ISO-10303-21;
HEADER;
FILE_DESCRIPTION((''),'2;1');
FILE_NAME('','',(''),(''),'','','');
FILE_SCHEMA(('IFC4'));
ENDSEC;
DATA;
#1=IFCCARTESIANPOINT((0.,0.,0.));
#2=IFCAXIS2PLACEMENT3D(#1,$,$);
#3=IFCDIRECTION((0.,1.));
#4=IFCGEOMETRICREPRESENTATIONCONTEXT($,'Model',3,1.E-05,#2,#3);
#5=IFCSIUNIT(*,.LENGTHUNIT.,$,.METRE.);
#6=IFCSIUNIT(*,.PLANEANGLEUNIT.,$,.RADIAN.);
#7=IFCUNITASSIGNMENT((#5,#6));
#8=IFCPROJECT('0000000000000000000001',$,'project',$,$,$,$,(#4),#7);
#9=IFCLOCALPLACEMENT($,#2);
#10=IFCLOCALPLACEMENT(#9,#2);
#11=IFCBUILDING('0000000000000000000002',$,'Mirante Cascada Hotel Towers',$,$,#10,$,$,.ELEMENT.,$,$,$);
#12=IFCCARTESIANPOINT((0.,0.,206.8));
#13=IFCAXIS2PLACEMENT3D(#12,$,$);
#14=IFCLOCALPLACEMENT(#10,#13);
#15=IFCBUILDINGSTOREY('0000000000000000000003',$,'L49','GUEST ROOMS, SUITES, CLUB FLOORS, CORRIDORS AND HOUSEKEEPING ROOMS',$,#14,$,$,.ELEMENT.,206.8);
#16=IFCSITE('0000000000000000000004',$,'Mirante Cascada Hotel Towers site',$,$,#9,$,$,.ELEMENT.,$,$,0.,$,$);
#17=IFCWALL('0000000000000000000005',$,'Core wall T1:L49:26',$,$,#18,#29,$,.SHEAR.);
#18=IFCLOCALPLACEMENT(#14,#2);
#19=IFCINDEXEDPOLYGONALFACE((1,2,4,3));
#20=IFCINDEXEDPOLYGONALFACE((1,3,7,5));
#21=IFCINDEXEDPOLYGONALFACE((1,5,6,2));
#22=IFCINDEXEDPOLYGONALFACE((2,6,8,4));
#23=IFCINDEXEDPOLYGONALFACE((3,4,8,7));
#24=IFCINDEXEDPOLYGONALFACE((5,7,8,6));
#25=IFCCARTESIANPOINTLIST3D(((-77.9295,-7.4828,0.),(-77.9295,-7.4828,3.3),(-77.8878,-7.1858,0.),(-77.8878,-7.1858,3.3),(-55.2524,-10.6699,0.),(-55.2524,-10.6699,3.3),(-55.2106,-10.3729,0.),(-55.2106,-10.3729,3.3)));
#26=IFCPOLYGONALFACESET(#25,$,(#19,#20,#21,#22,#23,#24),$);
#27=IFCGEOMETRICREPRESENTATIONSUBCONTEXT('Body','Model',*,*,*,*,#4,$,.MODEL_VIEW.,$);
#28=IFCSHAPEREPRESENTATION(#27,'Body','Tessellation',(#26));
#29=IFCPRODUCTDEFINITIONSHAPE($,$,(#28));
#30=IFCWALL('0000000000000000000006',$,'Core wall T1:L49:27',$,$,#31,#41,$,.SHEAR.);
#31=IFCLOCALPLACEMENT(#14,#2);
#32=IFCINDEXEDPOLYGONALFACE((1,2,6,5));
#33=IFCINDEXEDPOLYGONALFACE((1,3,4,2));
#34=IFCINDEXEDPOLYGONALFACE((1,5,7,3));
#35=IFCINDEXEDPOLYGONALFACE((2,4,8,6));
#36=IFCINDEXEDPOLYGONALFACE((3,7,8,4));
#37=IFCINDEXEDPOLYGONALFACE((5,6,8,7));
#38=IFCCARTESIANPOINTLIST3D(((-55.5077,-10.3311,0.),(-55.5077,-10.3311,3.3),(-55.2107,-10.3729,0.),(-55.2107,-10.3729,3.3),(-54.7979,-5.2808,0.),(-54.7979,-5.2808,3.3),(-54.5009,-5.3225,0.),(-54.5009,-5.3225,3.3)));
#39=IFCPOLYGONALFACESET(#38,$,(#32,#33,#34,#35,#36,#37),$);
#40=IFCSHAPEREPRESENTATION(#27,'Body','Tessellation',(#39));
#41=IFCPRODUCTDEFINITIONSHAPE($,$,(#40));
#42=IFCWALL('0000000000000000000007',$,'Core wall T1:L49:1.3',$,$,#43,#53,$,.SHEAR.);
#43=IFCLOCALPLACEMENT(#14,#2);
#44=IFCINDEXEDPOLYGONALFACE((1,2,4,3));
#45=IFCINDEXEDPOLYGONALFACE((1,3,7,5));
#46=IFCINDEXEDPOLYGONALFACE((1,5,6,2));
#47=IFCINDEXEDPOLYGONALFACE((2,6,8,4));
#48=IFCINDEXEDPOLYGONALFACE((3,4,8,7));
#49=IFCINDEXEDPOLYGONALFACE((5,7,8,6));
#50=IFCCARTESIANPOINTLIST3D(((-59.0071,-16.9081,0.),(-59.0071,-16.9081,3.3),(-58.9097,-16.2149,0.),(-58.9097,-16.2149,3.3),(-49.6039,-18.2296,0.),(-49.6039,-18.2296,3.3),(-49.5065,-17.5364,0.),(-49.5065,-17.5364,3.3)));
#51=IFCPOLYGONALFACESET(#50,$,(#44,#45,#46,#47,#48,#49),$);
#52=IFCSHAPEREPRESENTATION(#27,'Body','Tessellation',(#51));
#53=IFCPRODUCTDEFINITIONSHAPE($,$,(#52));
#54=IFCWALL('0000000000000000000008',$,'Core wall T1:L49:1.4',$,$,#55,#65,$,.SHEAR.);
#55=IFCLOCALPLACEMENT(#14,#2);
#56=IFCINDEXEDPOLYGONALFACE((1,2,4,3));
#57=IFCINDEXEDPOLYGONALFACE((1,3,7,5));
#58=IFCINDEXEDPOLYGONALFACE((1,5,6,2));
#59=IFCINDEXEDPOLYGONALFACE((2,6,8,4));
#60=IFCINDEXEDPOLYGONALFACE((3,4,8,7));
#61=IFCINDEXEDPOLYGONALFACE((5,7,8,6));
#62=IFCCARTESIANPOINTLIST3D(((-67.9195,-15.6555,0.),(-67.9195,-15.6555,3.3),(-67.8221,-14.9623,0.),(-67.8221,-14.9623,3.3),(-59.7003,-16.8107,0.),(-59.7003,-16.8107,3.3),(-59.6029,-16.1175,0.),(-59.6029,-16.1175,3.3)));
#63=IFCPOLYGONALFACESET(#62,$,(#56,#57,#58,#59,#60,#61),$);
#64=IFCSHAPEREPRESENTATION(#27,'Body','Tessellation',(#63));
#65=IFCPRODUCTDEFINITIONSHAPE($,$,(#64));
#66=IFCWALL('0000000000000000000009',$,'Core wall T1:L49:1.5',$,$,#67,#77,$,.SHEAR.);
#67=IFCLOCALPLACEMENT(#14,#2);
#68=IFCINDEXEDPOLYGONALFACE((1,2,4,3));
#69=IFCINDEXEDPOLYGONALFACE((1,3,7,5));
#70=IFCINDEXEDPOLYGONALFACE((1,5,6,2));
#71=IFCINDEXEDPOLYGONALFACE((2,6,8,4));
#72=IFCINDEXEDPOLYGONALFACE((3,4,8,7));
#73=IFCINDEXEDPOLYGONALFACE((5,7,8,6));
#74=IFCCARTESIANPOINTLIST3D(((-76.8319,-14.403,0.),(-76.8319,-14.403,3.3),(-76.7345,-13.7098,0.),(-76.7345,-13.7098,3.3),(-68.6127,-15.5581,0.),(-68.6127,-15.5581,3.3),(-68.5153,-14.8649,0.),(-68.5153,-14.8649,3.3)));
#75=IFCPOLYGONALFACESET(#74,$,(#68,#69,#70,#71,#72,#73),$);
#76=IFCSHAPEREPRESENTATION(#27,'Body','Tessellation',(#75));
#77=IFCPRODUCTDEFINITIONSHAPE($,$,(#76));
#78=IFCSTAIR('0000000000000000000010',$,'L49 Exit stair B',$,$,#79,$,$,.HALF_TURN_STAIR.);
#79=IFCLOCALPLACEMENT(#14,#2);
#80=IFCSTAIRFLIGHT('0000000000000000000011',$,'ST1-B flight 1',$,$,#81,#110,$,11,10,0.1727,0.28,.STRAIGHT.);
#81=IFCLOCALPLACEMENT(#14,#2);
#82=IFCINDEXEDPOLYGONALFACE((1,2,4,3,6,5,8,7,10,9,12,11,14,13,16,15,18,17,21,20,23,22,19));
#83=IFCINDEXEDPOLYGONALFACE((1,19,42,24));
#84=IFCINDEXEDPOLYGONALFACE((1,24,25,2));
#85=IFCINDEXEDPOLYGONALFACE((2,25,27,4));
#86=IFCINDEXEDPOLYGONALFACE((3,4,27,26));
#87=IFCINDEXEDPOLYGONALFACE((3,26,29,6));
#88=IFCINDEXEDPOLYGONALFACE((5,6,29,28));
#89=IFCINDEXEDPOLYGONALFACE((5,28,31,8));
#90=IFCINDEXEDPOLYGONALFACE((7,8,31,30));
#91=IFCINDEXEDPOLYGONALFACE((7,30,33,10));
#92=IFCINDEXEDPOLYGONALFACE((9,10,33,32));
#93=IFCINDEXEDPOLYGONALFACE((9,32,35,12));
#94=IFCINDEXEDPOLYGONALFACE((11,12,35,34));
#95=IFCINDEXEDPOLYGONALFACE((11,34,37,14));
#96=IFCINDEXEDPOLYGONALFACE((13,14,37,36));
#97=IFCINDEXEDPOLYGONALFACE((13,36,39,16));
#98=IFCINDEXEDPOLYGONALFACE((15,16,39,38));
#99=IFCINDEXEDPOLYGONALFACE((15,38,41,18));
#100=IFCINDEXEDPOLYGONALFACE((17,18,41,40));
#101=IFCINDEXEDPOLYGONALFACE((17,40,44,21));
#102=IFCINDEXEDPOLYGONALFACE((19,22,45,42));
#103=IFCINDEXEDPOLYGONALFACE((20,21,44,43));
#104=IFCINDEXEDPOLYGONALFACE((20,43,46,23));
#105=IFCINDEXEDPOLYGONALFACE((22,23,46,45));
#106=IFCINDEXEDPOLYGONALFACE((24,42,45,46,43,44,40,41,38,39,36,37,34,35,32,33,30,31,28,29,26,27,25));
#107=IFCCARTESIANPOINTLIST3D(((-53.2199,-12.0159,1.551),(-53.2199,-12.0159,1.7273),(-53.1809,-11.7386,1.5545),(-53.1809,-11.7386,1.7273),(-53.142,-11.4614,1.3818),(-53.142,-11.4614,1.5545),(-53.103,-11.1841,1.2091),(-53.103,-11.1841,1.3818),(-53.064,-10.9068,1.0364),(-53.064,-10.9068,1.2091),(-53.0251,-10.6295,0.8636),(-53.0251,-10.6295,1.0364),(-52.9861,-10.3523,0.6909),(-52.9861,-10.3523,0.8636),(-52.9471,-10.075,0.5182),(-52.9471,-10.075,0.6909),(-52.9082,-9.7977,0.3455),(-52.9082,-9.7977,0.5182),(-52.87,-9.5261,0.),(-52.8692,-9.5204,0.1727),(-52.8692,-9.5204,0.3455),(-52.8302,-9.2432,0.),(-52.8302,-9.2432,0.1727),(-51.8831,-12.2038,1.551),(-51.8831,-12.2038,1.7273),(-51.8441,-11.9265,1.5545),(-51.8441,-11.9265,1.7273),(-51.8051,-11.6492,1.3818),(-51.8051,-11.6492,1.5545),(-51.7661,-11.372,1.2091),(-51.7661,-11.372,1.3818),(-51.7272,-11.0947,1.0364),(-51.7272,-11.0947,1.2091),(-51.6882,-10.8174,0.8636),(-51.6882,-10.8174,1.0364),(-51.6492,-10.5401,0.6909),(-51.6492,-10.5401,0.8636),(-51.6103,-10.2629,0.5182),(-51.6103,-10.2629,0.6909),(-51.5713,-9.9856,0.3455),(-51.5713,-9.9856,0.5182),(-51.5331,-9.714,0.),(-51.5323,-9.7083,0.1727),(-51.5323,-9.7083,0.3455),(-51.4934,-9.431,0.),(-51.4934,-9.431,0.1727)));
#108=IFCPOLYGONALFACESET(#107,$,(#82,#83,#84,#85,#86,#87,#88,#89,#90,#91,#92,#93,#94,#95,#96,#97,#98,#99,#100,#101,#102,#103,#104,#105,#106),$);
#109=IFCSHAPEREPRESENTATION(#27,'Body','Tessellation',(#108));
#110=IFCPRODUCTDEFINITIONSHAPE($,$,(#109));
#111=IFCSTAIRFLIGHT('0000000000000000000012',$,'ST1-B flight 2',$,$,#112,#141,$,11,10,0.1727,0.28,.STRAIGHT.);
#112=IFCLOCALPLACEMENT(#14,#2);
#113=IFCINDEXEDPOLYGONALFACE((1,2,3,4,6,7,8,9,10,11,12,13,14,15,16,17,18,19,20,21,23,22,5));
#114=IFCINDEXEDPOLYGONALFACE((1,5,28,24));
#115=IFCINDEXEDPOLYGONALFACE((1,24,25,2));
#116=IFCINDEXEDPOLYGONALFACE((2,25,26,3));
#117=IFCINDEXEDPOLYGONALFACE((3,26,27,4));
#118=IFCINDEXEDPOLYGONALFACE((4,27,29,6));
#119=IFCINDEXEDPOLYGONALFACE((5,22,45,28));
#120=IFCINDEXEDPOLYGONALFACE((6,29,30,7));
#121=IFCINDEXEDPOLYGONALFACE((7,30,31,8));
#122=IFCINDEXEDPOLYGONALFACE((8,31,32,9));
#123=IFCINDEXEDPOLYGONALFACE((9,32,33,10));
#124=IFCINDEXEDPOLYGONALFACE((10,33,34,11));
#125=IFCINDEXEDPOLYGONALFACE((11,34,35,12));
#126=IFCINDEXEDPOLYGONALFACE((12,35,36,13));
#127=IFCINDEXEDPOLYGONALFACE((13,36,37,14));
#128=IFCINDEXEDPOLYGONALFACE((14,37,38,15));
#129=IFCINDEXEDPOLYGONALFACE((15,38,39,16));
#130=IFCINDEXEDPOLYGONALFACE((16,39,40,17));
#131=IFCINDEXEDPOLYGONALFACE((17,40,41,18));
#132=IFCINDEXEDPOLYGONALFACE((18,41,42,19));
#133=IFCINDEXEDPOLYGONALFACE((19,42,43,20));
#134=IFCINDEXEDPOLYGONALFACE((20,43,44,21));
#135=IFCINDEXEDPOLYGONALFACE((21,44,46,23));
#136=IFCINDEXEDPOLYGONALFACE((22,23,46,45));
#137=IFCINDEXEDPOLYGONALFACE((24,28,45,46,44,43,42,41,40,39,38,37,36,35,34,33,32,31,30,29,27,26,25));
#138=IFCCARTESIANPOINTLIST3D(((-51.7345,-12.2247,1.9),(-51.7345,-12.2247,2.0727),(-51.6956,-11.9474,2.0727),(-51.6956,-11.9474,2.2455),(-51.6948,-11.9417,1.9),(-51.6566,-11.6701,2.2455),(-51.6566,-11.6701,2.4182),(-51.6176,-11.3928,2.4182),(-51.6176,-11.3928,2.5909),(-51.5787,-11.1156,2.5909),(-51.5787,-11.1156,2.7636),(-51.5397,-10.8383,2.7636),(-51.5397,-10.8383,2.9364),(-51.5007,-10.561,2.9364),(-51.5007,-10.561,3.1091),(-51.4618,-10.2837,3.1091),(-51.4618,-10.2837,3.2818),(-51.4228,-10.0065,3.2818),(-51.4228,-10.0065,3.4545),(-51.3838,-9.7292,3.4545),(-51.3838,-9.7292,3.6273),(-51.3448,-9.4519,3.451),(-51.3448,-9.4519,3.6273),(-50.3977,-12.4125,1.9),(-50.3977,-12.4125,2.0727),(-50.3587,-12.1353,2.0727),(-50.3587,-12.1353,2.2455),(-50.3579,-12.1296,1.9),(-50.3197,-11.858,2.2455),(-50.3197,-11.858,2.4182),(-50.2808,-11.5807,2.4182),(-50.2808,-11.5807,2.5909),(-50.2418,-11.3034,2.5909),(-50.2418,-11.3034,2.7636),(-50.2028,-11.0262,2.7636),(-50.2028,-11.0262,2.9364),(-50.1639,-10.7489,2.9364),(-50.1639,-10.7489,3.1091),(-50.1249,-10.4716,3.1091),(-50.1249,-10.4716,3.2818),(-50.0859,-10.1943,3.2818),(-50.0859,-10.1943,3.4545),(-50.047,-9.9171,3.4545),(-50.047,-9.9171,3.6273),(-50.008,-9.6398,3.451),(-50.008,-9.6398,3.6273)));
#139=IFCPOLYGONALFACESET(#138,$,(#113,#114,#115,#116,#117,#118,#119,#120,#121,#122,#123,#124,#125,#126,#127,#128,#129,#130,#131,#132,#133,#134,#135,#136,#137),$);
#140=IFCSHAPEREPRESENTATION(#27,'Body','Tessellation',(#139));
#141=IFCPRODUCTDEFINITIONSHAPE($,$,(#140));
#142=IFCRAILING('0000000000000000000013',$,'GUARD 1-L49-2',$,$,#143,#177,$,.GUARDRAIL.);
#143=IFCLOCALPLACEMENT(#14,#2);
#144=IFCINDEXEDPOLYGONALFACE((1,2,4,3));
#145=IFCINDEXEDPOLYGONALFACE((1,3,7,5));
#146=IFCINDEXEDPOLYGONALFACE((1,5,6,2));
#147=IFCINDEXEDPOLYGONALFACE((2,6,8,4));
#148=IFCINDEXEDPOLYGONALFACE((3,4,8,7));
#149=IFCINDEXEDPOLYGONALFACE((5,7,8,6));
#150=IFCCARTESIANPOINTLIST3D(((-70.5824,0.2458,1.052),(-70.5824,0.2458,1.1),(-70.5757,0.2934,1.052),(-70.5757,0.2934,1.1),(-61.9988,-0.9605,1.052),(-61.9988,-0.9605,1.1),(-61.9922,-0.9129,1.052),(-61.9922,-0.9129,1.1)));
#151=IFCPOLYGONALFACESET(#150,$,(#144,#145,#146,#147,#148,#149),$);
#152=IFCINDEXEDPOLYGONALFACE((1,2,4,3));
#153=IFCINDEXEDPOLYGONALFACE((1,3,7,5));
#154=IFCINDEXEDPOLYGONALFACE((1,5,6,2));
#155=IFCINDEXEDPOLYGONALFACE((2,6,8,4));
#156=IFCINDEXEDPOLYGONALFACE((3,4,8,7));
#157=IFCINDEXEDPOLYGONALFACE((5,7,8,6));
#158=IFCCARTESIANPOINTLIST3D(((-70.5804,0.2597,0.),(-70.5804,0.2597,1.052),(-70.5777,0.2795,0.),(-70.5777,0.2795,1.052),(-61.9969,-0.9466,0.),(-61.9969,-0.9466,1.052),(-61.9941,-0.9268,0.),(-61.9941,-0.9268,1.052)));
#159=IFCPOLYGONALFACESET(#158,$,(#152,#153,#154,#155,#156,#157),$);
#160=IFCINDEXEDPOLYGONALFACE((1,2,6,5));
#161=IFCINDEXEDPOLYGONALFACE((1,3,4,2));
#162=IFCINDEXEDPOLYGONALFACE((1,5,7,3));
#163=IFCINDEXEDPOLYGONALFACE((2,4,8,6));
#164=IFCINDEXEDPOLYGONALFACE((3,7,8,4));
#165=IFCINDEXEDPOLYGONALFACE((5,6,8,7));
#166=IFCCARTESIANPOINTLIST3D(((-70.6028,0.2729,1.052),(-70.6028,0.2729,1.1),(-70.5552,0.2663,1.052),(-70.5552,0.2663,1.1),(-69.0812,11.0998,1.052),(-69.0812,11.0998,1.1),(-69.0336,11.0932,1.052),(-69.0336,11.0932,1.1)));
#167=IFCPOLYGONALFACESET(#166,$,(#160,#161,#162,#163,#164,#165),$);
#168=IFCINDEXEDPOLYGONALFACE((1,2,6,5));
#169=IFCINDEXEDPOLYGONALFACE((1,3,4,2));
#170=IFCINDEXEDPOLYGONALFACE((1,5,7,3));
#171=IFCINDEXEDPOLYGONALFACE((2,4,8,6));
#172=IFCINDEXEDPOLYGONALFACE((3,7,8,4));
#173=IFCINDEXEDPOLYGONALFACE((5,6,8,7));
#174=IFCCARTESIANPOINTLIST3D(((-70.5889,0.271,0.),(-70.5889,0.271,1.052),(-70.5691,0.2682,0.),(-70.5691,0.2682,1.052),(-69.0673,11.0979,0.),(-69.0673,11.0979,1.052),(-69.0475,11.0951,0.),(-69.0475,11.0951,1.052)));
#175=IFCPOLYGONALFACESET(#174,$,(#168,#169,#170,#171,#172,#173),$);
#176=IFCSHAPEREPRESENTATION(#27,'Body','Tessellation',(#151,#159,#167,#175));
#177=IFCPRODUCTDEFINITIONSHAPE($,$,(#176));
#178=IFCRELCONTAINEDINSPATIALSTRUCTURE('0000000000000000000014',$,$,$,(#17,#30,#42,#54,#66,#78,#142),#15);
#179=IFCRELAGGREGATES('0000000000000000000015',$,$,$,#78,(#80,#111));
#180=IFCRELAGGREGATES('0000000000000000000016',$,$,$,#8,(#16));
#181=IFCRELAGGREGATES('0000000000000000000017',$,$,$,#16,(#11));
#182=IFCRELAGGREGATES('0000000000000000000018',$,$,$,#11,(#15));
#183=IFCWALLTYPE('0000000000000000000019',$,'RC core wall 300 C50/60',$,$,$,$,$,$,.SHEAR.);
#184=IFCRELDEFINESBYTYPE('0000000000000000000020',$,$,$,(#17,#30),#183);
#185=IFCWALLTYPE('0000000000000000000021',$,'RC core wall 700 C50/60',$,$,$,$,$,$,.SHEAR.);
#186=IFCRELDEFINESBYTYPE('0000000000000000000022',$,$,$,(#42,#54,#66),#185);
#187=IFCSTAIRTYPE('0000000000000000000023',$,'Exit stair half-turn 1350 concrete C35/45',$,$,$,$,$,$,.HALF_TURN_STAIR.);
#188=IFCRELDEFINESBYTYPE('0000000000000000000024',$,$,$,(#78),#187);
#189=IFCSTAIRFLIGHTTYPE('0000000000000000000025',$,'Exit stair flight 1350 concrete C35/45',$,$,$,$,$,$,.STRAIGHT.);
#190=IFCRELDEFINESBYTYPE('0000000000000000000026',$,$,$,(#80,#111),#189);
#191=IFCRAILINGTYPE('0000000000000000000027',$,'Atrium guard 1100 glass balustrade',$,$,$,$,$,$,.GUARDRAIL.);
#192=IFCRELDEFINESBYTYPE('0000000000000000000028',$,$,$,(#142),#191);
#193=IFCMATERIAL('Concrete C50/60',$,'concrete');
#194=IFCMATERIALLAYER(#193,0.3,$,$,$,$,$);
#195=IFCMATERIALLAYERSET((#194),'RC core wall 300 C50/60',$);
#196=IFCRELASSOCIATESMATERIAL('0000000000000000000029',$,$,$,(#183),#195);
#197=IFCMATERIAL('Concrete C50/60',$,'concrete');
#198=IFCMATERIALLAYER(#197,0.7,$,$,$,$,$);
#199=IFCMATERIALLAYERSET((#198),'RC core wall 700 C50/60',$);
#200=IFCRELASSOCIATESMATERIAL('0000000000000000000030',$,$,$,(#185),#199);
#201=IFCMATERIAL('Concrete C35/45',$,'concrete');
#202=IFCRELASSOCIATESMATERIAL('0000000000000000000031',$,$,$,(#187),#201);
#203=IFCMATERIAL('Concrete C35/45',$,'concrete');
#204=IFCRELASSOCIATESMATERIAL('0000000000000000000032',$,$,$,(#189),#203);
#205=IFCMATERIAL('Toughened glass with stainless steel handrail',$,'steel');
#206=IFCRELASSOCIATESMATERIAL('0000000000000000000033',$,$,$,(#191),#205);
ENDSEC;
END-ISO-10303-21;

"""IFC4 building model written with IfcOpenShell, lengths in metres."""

from ifc_helpers import new_model, si_unit, direction, frame, frame_2d, origin, origin_2d, place, context, subcontext, project, spatial, polyline, rectangle, outline, extrude, material, layer, layer_set, type_object, element, aggregate, save


model = new_model("IFC4")

# Units and contexts
model_context = context("Model", 3, precision=1e-05, world=origin(), true_north=direction((0.0, 1.0)))
body_context = subcontext(model_context, "Body", "Model", "MODEL_VIEW")
ifc_project = project(units=[si_unit("LENGTHUNIT", "METRE"), si_unit("PLANEANGLEUNIT", "RADIAN")], contexts=[model_context])

# Site, building, storey
site_placement = place(None, origin())
site = spatial("IfcSite", under=ifc_project, at=site_placement, Name="Mirante Cascada Hotel Towers site", CompositionType="ELEMENT", RefElevation=0.0)
building_placement = place(site_placement, origin())
building = spatial("IfcBuilding", under=site, at=building_placement, Name="Mirante Cascada Hotel Towers", CompositionType="ELEMENT")
storey_placement = place(building_placement, frame((0.0, 0.0, 206.8)))
storey = spatial("IfcBuildingStorey", under=building, at=storey_placement, Name="L49", Description="GUEST ROOMS, SUITES, CLUB FLOORS, CORRIDORS AND HOUSEKEEPING ROOMS", CompositionType="ELEMENT", Elevation=206.8)

# Shared definitions
ifc_material_1 = material(Name="Concrete C50/60", Category="concrete")
ifc_layer_1 = layer(ifc_material_1, 0.3)
ifc_layer_set_1 = layer_set([ifc_layer_1], Name="RC core wall 300 C50/60")
wall_type_1 = type_object("IfcWallType", Name="RC core wall 300 C50/60", PredefinedType="SHEAR", material=ifc_layer_set_1)

# Walls
wall_1_placement = place(storey_placement, frame((-55.2315, -10.5214, 0.0), z_axis=(0.0, 0.0, 1.0), x_axis=(-0.990268, 0.139175, 0.0)))
element("IfcWall", 1, at=wall_1_placement, inside=storey, type_object=wall_type_1, Name="Core wall T1:L49:26", PredefinedType="SHEAR", context=body_context, shape_type="SweptSolid", body=[
    extrude(rectangle(XDim=22.9, YDim=0.3, at=frame_2d((11.45, 0.0))), origin(), (0.0, 0.0, 1.0), 3.3),
])
wall_2_placement = place(storey_placement, frame((-55.3592, -10.352, 0.0), z_axis=(0.0, 0.0, 1.0), x_axis=(0.139176, 0.990268, 0.0)))
element("IfcWall", 2, at=wall_2_placement, inside=storey, type_object=wall_type_1, Name="Core wall T1:L49:27", PredefinedType="SHEAR", context=body_context, shape_type="SweptSolid", body=[
    extrude(rectangle(XDim=5.1, YDim=0.3, at=frame_2d((2.55, 0.0))), origin(), (0.0, 0.0, 1.0), 3.3),
])
ifc_material_2 = material(Name="Concrete C50/60", Category="concrete")
ifc_layer_2 = layer(ifc_material_2, 0.7)
ifc_layer_set_2 = layer_set([ifc_layer_2], Name="RC core wall 700 C50/60")
wall_type_2 = type_object("IfcWallType", Name="RC core wall 700 C50/60", PredefinedType="SHEAR", material=ifc_layer_set_2)
wall_3_placement = place(storey_placement, frame((-49.5552, -17.883, 0.0), z_axis=(0.0, 0.0, 1.0), x_axis=(-0.990269, 0.13917, 0.0)))
element("IfcWall", 3, at=wall_3_placement, inside=storey, type_object=wall_type_2, Name="Core wall T1:L49:1.3", PredefinedType="SHEAR", context=body_context, shape_type="SweptSolid", body=[
    extrude(rectangle(XDim=9.4956, YDim=0.7, at=frame_2d((4.7478, 0.0))), origin(), (0.0, 0.0, 1.0), 3.3),
])
for number, where, z_axis, x_axis, name in (
    (4, (-59.6516, -16.4641, 0.0), (0.0, 0.0, 1.0), (-0.990267, 0.139181, 0.0), "Core wall T1:L49:1.4"),
    (5, (-68.564, -15.2115, 0.0), (0.0, 0.0, 1.0), (-0.990269, 0.139169, 0.0), "Core wall T1:L49:1.5"),
):
    element("IfcWall", number, at=place(storey_placement, frame(where, z_axis=z_axis, x_axis=x_axis)), inside=storey, type_object=wall_type_2, Name=name, PredefinedType="SHEAR", context=body_context, shape_type="SweptSolid", body=[
        extrude(rectangle(XDim=8.3, YDim=0.7, at=frame_2d((4.15, 0.0))), origin(), (0.0, 0.0, 1.0), 3.3),
    ])

# Stair, stair flights
ifc_material_3 = material(Name="Concrete C35/45", Category="concrete")
stair_type = type_object("IfcStairType", Name="Exit stair half-turn 1350 concrete C35/45", PredefinedType="HALF_TURN_STAIR", material=ifc_material_3)
stair_placement = place(storey_placement, origin())
stair = element("IfcStair", 6, at=stair_placement, inside=storey, type_object=stair_type, Name="L49 Exit stair B", PredefinedType="HALF_TURN_STAIR")
ifc_material_4 = material(Name="Concrete C35/45", Category="concrete")
stair_flight_type = type_object("IfcStairFlightType", Name="Exit stair flight 1350 concrete C35/45", PredefinedType="STRAIGHT", material=ifc_material_4)
stair_flight_1_placement = place(storey_placement, frame((-52.1618, -9.3371, 0.0), z_axis=(0.0, 0.0, 1.0), x_axis=(-0.139173, -0.990268, 0.0)))
stair_flight_1 = element("IfcStairFlight", 7, at=stair_flight_1_placement, type_object=stair_flight_type, Name="ST1-B flight 1", NumberOfRisers=11, NumberOfTreads=10, PredefinedType="STRAIGHT", RiserHeight=0.1727, TreadLength=0.28, context=body_context, shape_type="SweptSolid", body=[
    extrude(outline(polyline([(0.0, 0.0), (0.0, 0.1727), (0.28, 0.1727), (0.28, 0.3455), (0.56, 0.3455), (0.56, 0.5182), (0.84, 0.5182), (0.84, 0.6909), (1.12, 0.6909), (1.12, 0.8636), (1.4, 0.8636), (1.4, 1.0364), (1.68, 1.0364), (1.68, 1.2091), (1.96, 1.2091), (1.96, 1.3818), (2.24, 1.3818), (2.24, 1.5545), (2.52, 1.5545), (2.52, 1.7273), (2.8, 1.7273), (2.8, 1.9), (2.8, 1.551), (0.2857, 0.0), (0.0, 0.0)])), frame((0.0, 0.675, 0.0), z_axis=(0.0, -1.0, 0.0), x_axis=(1.0, 0.0, 0.0)), (0.0, 0.0, 1.0), 1.35),
])
stair_flight_2_placement = place(storey_placement, frame((-51.0661, -12.3186, 1.9), z_axis=(0.0, 0.0, 1.0), x_axis=(0.139173, 0.990268, 0.0)))
stair_flight_2 = element("IfcStairFlight", 8, at=stair_flight_2_placement, type_object=stair_flight_type, Name="ST1-B flight 2", NumberOfRisers=11, NumberOfTreads=10, PredefinedType="STRAIGHT", RiserHeight=0.1727, TreadLength=0.28, context=body_context, shape_type="SweptSolid", body=[
    extrude(outline(polyline([(0.0, 0.0), (0.0, 0.1727), (0.28, 0.1727), (0.28, 0.3455), (0.56, 0.3455), (0.56, 0.5182), (0.84, 0.5182), (0.84, 0.6909), (1.12, 0.6909), (1.12, 0.8636), (1.4, 0.8636), (1.4, 1.0364), (1.68, 1.0364), (1.68, 1.2091), (1.96, 1.2091), (1.96, 1.3818), (2.24, 1.3818), (2.24, 1.5545), (2.52, 1.5545), (2.52, 1.7273), (2.8, 1.7273), (2.8, 1.9), (2.8, 1.551), (0.2857, 0.0), (0.0, 0.0)])), frame((0.0, 0.675, 0.0), z_axis=(0.0, -1.0, 0.0), x_axis=(1.0, 0.0, 0.0)), (0.0, 0.0, 1.0), 1.35),
])
aggregate(stair, [stair_flight_1, stair_flight_2])

# Railing
ifc_material_5 = material(Name="Toughened glass with stainless steel handrail", Category="steel")
railing_type_1 = type_object("IfcRailingType", Name="Atrium guard 1100 glass balustrade", PredefinedType="GUARDRAIL", material=ifc_material_5)
railing_1_placement = place(storey_placement, frame((-61.9955, -0.9367, 0.0)))
element("IfcRailing", 9, at=railing_1_placement, inside=storey, type_object=railing_type_1, Name="GUARD 1-L49-2", PredefinedType="GUARDRAIL", context=body_context, shape_type="SweptSolid", body=[
    extrude(rectangle(XDim=0.048, YDim=0.048, at=origin_2d()), frame((0.0, 0.0, 1.076), z_axis=(-0.990269, 0.13917, 0.0), x_axis=(-0.13917, -0.990269, 0.0)), (0.0, 0.0, 1.0), 8.6679),
    extrude(rectangle(XDim=0.02, YDim=1.052, at=origin_2d()), frame((0.0, 0.0, 0.526), z_axis=(-0.990269, 0.13917, 0.0), x_axis=(-0.13917, -0.990269, 0.0)), (0.0, 0.0, 1.0), 8.6679),
    extrude(rectangle(XDim=0.048, YDim=0.048, at=origin_2d()), frame((-8.5835, 1.2063, 1.076), z_axis=(0.139171, 0.990268, 0.0), x_axis=(-0.990268, 0.139171, 0.0)), (0.0, 0.0, 1.0), 10.9333),
    extrude(rectangle(XDim=0.02, YDim=1.052, at=origin_2d()), frame((-8.5835, 1.2063, 0.526), z_axis=(0.139171, 0.990268, 0.0), x_axis=(-0.990268, 0.139171, 0.0)), (0.0, 0.0, 1.0), 10.9333),
])

save(model, "model.ifc")
